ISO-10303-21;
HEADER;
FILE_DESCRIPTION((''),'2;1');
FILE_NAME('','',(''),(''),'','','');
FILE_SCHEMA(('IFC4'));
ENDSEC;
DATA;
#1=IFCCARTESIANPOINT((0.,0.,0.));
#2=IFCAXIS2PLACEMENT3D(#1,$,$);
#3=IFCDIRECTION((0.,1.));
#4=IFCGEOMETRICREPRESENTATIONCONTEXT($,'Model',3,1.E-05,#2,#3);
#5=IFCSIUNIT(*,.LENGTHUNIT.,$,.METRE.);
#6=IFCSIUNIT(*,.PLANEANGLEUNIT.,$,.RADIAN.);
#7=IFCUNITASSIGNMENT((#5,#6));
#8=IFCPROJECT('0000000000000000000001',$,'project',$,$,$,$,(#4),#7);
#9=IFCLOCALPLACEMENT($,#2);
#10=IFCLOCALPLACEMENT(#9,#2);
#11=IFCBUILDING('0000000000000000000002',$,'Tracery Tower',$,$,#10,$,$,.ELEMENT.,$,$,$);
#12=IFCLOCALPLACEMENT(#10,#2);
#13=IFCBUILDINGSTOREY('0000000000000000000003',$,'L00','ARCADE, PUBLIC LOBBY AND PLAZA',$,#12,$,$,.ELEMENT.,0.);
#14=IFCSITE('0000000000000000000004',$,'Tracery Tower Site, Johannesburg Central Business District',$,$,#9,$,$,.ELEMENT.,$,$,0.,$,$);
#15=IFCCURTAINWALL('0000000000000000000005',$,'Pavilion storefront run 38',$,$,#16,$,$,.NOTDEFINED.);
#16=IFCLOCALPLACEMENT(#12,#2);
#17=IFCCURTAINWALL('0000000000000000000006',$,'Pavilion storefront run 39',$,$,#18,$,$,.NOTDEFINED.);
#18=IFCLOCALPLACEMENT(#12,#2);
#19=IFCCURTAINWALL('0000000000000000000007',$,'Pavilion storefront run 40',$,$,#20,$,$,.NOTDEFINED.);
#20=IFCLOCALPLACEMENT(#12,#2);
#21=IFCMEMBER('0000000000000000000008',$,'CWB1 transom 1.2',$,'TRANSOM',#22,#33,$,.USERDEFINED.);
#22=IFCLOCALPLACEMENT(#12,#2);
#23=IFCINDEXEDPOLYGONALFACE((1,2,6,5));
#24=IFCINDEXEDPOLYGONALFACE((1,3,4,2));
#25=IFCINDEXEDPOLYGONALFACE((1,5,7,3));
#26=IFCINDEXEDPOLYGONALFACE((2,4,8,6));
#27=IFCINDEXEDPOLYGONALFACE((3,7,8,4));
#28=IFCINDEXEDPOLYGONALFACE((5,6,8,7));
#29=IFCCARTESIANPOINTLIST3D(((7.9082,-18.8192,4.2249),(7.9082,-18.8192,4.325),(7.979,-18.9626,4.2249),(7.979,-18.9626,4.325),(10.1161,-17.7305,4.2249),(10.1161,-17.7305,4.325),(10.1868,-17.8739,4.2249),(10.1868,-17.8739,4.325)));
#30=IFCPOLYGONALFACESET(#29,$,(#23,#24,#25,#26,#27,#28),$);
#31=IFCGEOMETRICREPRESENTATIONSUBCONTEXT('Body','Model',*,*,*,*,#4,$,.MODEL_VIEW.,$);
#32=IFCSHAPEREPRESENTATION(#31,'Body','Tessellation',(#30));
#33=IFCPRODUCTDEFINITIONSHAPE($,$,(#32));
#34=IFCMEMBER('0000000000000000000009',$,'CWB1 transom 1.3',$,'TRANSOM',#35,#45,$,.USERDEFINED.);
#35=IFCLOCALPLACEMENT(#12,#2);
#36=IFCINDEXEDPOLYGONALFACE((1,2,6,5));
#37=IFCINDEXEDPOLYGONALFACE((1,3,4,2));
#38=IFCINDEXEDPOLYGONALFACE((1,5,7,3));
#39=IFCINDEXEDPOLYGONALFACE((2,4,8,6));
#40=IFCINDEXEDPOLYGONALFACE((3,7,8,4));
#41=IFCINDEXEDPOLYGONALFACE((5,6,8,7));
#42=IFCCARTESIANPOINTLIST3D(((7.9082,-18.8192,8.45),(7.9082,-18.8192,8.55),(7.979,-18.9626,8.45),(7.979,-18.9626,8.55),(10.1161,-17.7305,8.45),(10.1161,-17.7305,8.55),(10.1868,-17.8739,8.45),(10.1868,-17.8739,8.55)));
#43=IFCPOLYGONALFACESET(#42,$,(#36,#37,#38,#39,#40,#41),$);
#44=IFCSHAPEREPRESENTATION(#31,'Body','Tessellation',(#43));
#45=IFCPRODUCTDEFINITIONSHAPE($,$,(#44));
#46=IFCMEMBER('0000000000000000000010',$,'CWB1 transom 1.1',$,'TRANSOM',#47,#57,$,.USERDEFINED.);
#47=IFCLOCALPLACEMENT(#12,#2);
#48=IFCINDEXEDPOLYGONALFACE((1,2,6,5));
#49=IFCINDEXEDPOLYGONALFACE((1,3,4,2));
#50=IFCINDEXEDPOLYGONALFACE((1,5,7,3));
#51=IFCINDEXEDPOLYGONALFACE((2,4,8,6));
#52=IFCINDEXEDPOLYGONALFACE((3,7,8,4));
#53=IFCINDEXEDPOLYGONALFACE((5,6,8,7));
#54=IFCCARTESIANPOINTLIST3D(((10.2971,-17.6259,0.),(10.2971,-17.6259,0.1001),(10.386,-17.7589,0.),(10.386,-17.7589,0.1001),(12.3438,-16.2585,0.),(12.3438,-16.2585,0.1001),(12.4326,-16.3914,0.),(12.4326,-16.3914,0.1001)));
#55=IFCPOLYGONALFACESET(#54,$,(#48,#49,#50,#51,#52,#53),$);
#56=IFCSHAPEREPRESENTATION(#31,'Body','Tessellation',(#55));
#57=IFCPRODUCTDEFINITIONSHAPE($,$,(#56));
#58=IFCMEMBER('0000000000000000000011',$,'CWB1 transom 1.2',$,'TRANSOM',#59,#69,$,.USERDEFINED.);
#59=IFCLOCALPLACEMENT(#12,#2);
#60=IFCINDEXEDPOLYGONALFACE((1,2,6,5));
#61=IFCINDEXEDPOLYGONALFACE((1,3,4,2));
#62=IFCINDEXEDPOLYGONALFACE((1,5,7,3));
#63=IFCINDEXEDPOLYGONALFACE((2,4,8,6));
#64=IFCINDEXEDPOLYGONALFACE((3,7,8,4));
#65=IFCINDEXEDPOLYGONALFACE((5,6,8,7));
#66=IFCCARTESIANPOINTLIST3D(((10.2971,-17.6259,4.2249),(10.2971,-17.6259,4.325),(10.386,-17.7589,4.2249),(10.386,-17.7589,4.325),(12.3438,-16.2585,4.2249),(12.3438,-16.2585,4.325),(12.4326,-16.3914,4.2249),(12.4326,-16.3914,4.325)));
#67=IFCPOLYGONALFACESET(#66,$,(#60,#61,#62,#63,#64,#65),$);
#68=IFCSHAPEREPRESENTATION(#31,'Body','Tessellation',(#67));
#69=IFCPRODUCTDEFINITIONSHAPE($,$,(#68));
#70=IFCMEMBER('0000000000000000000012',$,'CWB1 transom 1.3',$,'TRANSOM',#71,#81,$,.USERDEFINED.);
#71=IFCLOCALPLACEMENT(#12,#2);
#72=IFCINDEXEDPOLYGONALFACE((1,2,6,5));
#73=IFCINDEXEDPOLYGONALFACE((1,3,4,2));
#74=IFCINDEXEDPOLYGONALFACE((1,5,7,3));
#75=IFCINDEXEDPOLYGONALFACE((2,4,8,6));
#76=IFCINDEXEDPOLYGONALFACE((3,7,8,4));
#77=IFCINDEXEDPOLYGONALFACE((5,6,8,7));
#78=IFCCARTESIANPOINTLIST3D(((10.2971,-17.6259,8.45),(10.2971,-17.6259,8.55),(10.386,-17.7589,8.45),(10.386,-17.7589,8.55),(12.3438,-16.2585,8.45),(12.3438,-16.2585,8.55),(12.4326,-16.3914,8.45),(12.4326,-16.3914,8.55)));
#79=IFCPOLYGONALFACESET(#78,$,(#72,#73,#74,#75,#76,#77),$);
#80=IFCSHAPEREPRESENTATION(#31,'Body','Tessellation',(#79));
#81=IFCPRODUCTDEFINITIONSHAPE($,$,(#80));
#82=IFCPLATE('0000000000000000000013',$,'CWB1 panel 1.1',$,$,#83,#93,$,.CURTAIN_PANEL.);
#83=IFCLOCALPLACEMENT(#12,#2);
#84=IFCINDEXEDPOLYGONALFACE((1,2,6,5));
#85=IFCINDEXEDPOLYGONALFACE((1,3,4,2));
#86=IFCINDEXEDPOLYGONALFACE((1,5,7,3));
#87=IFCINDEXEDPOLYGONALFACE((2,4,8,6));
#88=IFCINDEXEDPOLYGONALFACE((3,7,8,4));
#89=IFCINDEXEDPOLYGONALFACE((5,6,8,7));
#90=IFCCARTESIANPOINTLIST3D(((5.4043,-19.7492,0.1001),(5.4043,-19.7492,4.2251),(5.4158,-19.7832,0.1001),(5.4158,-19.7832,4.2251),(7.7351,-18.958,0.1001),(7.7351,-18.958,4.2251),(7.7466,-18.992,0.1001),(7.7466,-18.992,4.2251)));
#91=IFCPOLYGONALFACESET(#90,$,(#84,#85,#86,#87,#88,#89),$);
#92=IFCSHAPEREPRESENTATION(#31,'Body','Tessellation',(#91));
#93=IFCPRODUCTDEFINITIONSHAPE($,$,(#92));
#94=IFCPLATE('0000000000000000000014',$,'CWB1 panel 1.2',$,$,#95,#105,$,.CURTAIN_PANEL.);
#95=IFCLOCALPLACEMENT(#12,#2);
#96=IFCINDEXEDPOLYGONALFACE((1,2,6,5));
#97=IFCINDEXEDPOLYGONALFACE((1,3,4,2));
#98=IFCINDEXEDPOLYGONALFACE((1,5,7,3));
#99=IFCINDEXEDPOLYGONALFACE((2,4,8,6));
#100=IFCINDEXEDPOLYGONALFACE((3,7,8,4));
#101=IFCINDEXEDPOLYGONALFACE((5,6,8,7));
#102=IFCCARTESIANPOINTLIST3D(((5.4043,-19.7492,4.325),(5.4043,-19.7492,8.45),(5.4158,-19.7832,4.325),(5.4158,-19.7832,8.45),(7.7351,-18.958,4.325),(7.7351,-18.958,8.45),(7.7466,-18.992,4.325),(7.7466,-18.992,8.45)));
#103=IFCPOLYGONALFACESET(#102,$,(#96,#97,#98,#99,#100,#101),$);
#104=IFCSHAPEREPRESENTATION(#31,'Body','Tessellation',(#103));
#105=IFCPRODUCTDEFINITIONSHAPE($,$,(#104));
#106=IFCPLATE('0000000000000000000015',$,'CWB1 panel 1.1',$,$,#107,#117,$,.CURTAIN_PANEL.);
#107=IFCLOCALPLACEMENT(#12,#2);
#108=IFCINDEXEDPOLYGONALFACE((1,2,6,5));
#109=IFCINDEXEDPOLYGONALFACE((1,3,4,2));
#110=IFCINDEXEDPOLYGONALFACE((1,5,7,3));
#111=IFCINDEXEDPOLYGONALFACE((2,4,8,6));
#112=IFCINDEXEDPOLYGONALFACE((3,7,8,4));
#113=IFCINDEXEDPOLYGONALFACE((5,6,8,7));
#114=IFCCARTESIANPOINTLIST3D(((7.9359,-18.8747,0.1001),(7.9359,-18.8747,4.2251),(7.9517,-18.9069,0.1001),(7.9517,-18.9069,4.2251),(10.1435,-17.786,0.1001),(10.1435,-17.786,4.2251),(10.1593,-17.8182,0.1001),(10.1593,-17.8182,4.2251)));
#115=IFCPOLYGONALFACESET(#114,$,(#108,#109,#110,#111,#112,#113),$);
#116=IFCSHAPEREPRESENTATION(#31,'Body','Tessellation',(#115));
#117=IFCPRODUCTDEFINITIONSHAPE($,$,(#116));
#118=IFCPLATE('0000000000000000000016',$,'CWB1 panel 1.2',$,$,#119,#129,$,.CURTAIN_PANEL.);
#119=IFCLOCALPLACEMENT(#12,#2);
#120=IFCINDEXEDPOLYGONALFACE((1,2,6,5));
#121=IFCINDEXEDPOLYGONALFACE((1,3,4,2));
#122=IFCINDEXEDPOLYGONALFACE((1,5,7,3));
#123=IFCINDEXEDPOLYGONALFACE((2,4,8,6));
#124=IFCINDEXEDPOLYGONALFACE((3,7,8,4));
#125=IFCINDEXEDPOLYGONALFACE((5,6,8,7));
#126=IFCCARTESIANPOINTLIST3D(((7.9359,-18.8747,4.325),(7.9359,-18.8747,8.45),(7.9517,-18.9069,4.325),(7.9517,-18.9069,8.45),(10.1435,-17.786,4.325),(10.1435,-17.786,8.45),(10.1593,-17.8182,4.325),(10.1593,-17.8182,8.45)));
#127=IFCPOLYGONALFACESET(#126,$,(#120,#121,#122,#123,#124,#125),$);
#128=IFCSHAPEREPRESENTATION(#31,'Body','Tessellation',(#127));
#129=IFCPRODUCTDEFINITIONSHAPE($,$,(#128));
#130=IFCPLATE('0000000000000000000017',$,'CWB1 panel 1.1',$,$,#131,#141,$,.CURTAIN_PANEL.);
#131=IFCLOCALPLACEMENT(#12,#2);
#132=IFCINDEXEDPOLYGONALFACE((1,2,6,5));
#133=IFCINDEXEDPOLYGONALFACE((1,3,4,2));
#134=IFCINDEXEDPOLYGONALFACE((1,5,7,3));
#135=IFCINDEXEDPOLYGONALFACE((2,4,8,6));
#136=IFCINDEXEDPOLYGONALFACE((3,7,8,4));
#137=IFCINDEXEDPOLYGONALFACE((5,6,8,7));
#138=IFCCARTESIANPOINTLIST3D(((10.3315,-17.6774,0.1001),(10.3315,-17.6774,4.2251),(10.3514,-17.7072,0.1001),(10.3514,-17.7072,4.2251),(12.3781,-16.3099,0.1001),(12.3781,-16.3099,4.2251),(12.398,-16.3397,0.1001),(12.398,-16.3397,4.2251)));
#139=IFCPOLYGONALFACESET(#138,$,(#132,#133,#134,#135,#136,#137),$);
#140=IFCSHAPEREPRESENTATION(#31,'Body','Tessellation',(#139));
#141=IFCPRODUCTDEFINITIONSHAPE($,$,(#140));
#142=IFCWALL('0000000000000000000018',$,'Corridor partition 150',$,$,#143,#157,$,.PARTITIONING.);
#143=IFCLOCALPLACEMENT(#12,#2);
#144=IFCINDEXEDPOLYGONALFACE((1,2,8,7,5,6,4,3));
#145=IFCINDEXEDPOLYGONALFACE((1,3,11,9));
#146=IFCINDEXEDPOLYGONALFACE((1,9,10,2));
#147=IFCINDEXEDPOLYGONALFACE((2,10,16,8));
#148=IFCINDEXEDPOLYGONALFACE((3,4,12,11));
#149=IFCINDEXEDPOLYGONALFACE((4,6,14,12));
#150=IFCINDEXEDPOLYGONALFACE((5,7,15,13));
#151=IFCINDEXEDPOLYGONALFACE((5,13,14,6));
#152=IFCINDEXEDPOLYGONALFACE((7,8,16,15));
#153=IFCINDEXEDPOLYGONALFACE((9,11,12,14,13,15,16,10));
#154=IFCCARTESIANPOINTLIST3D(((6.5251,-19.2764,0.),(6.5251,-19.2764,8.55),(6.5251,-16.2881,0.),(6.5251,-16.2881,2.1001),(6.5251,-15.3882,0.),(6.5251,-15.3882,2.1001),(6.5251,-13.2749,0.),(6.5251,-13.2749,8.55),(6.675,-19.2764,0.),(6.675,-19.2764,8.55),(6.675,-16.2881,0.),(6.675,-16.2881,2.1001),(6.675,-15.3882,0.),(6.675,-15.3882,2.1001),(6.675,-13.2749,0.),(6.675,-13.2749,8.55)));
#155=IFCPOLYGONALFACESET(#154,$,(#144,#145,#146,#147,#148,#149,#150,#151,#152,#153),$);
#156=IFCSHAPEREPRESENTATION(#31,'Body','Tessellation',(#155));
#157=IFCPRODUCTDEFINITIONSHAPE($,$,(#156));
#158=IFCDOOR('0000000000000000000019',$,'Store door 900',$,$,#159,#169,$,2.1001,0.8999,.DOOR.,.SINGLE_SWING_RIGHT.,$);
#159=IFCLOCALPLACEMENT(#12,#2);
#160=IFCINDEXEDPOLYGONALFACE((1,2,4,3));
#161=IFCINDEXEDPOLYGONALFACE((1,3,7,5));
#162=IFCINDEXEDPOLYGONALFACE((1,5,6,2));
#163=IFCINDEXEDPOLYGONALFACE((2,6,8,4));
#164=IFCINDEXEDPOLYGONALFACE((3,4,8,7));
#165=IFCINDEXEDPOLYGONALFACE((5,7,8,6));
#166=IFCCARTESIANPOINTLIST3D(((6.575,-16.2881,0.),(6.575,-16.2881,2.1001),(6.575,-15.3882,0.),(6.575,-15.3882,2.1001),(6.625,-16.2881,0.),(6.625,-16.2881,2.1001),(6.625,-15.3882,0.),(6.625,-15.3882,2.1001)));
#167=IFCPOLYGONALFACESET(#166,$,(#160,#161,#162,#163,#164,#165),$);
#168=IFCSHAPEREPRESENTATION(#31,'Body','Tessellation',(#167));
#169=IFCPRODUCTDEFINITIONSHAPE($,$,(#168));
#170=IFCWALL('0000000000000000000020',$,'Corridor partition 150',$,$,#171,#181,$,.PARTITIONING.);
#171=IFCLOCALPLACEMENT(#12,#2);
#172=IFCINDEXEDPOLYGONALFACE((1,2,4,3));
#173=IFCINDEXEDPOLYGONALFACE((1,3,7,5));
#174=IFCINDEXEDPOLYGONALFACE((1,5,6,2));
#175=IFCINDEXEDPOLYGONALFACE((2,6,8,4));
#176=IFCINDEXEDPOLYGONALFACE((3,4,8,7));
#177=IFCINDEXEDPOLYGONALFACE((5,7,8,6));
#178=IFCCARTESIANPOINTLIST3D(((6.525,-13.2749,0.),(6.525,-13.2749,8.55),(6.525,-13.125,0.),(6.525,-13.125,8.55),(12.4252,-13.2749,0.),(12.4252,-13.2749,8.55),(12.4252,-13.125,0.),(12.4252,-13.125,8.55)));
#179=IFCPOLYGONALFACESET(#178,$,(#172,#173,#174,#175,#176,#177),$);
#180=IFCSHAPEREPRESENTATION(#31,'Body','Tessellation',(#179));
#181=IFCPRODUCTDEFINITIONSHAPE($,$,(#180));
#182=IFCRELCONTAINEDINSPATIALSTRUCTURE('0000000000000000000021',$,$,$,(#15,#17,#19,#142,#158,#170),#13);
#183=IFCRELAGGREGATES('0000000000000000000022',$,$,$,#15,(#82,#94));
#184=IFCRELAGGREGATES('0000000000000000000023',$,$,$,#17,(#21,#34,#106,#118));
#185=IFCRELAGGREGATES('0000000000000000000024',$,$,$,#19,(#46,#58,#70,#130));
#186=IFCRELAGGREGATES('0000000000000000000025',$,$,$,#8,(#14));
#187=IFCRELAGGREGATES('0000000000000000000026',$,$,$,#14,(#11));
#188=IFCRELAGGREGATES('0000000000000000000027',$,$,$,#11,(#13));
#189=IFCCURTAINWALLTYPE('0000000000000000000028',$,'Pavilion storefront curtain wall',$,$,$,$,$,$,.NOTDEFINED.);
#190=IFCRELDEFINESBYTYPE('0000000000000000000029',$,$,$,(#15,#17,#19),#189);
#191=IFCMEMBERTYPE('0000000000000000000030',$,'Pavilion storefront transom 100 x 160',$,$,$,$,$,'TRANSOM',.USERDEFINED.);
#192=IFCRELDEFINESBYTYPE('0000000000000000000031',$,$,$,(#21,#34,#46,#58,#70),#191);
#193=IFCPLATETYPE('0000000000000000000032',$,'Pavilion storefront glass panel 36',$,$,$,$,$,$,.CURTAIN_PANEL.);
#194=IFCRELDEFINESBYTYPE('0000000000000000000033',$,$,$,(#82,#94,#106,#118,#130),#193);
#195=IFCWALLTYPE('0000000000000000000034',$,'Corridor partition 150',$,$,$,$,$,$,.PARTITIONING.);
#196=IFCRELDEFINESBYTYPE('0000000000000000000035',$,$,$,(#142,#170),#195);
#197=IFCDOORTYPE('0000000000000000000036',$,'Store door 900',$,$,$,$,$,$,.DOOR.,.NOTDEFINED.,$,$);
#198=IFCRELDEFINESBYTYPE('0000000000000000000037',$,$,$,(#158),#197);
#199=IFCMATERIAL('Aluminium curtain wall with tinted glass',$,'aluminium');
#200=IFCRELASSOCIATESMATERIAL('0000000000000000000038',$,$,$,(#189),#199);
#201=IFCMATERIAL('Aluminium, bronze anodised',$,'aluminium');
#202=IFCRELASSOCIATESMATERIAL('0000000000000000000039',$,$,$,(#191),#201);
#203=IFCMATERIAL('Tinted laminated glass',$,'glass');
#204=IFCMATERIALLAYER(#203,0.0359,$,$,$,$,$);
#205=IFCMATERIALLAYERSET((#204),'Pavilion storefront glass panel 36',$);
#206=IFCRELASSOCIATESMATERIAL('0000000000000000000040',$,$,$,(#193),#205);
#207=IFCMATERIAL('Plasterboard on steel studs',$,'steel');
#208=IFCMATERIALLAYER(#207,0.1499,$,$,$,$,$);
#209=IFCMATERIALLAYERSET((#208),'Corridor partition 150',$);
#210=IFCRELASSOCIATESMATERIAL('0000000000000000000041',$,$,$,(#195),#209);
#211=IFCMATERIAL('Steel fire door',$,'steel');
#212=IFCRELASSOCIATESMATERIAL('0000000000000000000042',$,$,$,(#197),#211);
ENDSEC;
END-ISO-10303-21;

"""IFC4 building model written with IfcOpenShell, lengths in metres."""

from ifc_helpers import new_model, si_unit, direction, frame, frame_2d, origin, origin_2d, place, context, subcontext, project, spatial, rectangle, extrude, material, layer, layer_set, material_profile, profile_set, type_object, element, fill, aggregate, save


model = new_model("IFC4")

# Units and contexts
model_context = context("Model", 3, precision=1e-05, world=origin(), true_north=direction((0.0, 1.0)))
body_context = subcontext(model_context, "Body", "Model", "MODEL_VIEW")
ifc_project = project(units=[si_unit("LENGTHUNIT", "METRE"), si_unit("PLANEANGLEUNIT", "RADIAN")], contexts=[model_context])

# Site, building, storey
site_placement = place(None, origin())
site = spatial("IfcSite", under=ifc_project, at=site_placement, Name="Tracery Tower Site, Johannesburg Central Business District", CompositionType="ELEMENT", RefElevation=0.0)
building_placement = place(site_placement, origin())
building = spatial("IfcBuilding", under=site, at=building_placement, Name="Tracery Tower", CompositionType="ELEMENT")
storey_placement = place(building_placement, origin())
storey = spatial("IfcBuildingStorey", under=building, at=storey_placement, Name="L00", Description="ARCADE, PUBLIC LOBBY AND PLAZA", CompositionType="ELEMENT", Elevation=0.0)

# Curtain wall
ifc_material_1 = material(Name="Aluminium curtain wall with tinted glass", Category="aluminium")
curtain_wall_type = type_object("IfcCurtainWallType", Name="Pavilion storefront curtain wall", PredefinedType="NOTDEFINED", material=ifc_material_1)
curtain_wall_1_placement = place(storey_placement, origin())
curtain_wall_1 = element("IfcCurtainWall", 1, at=curtain_wall_1_placement, inside=storey, type_object=curtain_wall_type, Name="Pavilion storefront run 38", PredefinedType="NOTDEFINED")

# Curtain wall
curtain_wall_2_placement = place(storey_placement, origin())
curtain_wall_2 = element("IfcCurtainWall", 2, at=curtain_wall_2_placement, inside=storey, type_object=curtain_wall_type, Name="Pavilion storefront run 39", PredefinedType="NOTDEFINED")

# Curtain wall
curtain_wall_3_placement = place(storey_placement, origin())
curtain_wall_3 = element("IfcCurtainWall", 3, at=curtain_wall_3_placement, inside=storey, type_object=curtain_wall_type, Name="Pavilion storefront run 40", PredefinedType="NOTDEFINED")

# Members
ifc_material_2 = material(Name="Aluminium, bronze anodised", Category="aluminium")
ifc_material_profile_1 = material_profile(ifc_material_2, rectangle(XDim=0.1599, YDim=0.1001, at=origin_2d()), Name="Pavilion storefront transom 100 x 160")
ifc_profile_set_1 = profile_set([ifc_material_profile_1], Name="Aluminium, bronze anodised")
member_type_1 = type_object("IfcMemberType", Name="Pavilion storefront transom 100 x 160", ElementType="TRANSOM", PredefinedType="USERDEFINED", material=ifc_profile_set_1)
member_1_placement = place(storey_placement, frame((7.9436, -18.8909, 4.2749), z_axis=(0.896893, 0.442248, 0.0), x_axis=(-0.442248, 0.896893, 0.0)))
member_1 = element("IfcMember", 4, at=member_1_placement, type_object=member_type_1, Name="CWB1 transom 1.2", ObjectType="TRANSOM", PredefinedType="USERDEFINED", context=body_context, shape_type="SweptSolid", body=[
    extrude(rectangle(XDim=0.1599, YDim=0.1001, at=origin_2d()), origin(), (0.0, 0.0, 1.0), 2.4617),
])
member_2_placement = place(storey_placement, frame((7.9436, -18.8909, 8.5), z_axis=(0.896893, 0.442248, 0.0), x_axis=(-0.442248, 0.896893, 0.0)))
member_2 = element("IfcMember", 5, at=member_2_placement, type_object=member_type_1, Name="CWB1 transom 1.3", ObjectType="TRANSOM", PredefinedType="USERDEFINED", context=body_context, shape_type="SweptSolid", body=[
    extrude(rectangle(XDim=0.1599, YDim=0.1001, at=origin_2d()), origin(), (0.0, 0.0, 1.0), 2.4617),
])
member_3_placement = place(storey_placement, frame((10.3416, -17.6924, 0.05), z_axis=(0.831485, 0.555547, 0.0), x_axis=(-0.555547, 0.831485, 0.0)))
member_3 = element("IfcMember", 6, at=member_3_placement, type_object=member_type_1, Name="CWB1 transom 1.1", ObjectType="TRANSOM", PredefinedType="USERDEFINED", context=body_context, shape_type="SweptSolid", body=[
    extrude(rectangle(XDim=0.1599, YDim=0.1001, at=origin_2d()), origin(), (0.0, 0.0, 1.0), 2.4614),
])
member_4_placement = place(storey_placement, frame((10.3416, -17.6924, 4.2749), z_axis=(0.831485, 0.555547, 0.0), x_axis=(-0.555547, 0.831485, 0.0)))
member_4 = element("IfcMember", 7, at=member_4_placement, type_object=member_type_1, Name="CWB1 transom 1.2", ObjectType="TRANSOM", PredefinedType="USERDEFINED", context=body_context, shape_type="SweptSolid", body=[
    extrude(rectangle(XDim=0.1599, YDim=0.1001, at=origin_2d()), origin(), (0.0, 0.0, 1.0), 2.4614),
])
member_5_placement = place(storey_placement, frame((10.3416, -17.6924, 8.5), z_axis=(0.831485, 0.555547, 0.0), x_axis=(-0.555547, 0.831485, 0.0)))
member_5 = element("IfcMember", 8, at=member_5_placement, type_object=member_type_1, Name="CWB1 transom 1.3", ObjectType="TRANSOM", PredefinedType="USERDEFINED", context=body_context, shape_type="SweptSolid", body=[
    extrude(rectangle(XDim=0.1599, YDim=0.1001, at=origin_2d()), origin(), (0.0, 0.0, 1.0), 2.4614),
])

# Plates
ifc_material_3 = material(Name="Tinted laminated glass", Category="glass")
ifc_layer_1 = layer(ifc_material_3, 0.0359)
ifc_layer_set_1 = layer_set([ifc_layer_1], Name="Pavilion storefront glass panel 36")
plate_type = type_object("IfcPlateType", Name="Pavilion storefront glass panel 36", PredefinedType="CURTAIN_PANEL", material=ifc_layer_set_1)
plate_1_placement = place(storey_placement, frame((6.5754, -19.3706, 0.1001), z_axis=(0.0, 0.0, 1.0), x_axis=(0.946931, 0.321435, 0.0)))
plate_1 = element("IfcPlate", 9, at=plate_1_placement, type_object=plate_type, Name="CWB1 panel 1.1", PredefinedType="CURTAIN_PANEL", context=body_context, shape_type="SweptSolid", body=[
    extrude(rectangle(XDim=2.4614, YDim=0.0359, at=origin_2d()), origin(), (0.0, 0.0, 1.0), 4.125),
])
plate_2_placement = place(storey_placement, frame((6.5754, -19.3706, 4.325), z_axis=(0.0, 0.0, 1.0), x_axis=(0.946931, 0.321435, 0.0)))
plate_2 = element("IfcPlate", 10, at=plate_2_placement, type_object=plate_type, Name="CWB1 panel 1.2", PredefinedType="CURTAIN_PANEL", context=body_context, shape_type="SweptSolid", body=[
    extrude(rectangle(XDim=2.4614, YDim=0.0359, at=origin_2d()), origin(), (0.0, 0.0, 1.0), 4.125),
])
aggregate(curtain_wall_1, [plate_1, plate_2])
plate_3_placement = place(storey_placement, frame((9.0476, -18.3464, 0.1001), z_axis=(0.0, 0.0, 1.0), x_axis=(0.896874, 0.442287, 0.0)))
plate_3 = element("IfcPlate", 11, at=plate_3_placement, type_object=plate_type, Name="CWB1 panel 1.1", PredefinedType="CURTAIN_PANEL", context=body_context, shape_type="SweptSolid", body=[
    extrude(rectangle(XDim=2.4614, YDim=0.0359, at=origin_2d()), origin(), (0.0, 0.0, 1.0), 4.125),
])
plate_4_placement = place(storey_placement, frame((9.0476, -18.3464, 4.325), z_axis=(0.0, 0.0, 1.0), x_axis=(0.896874, 0.442287, 0.0)))
plate_4 = element("IfcPlate", 12, at=plate_4_placement, type_object=plate_type, Name="CWB1 panel 1.2", PredefinedType="CURTAIN_PANEL", context=body_context, shape_type="SweptSolid", body=[
    extrude(rectangle(XDim=2.4614, YDim=0.0359, at=origin_2d()), origin(), (0.0, 0.0, 1.0), 4.125),
])
aggregate(curtain_wall_2, [member_1, member_2, plate_3, plate_4])
plate_5_placement = place(storey_placement, frame((11.3647, -17.0085, 0.1001), z_axis=(0.0, 0.0, 1.0), x_axis=(0.831476, 0.55556, 0.0)))
plate_5 = element("IfcPlate", 13, at=plate_5_placement, type_object=plate_type, Name="CWB1 panel 1.1", PredefinedType="CURTAIN_PANEL", context=body_context, shape_type="SweptSolid", body=[
    extrude(rectangle(XDim=2.4614, YDim=0.0359, at=origin_2d()), origin(), (0.0, 0.0, 1.0), 4.125),
])
aggregate(curtain_wall_3, [member_3, member_4, member_5, plate_5])

# Wall, opening, door
ifc_material_4 = material(Name="Plasterboard on steel studs", Category="steel")
ifc_layer_2 = layer(ifc_material_4, 0.1499)
ifc_layer_set_2 = layer_set([ifc_layer_2], Name="Corridor partition 150")
wall_type = type_object("IfcWallType", Name="Corridor partition 150", PredefinedType="PARTITIONING", material=ifc_layer_set_2)
wall_1_placement = place(storey_placement, frame((6.6001, -13.2749, 0.0), z_axis=(0.0, 0.0, 1.0), x_axis=(0.0, -1.0, 0.0)))
wall_1 = element("IfcWall", 14, at=wall_1_placement, inside=storey, type_object=wall_type, Name="Corridor partition 150", PredefinedType="PARTITIONING", context=body_context, shape_type="SweptSolid", body=[
    extrude(rectangle(XDim=6.0015, YDim=0.1499, at=frame_2d((3.0007, 0.0))), origin(), (0.0, 0.0, 1.0), 8.55),
])
opening_placement = place(wall_1_placement, frame((2.1133, 0.0, 0.0)))
opening = element("IfcOpeningElement", 15, at=opening_placement, cuts=wall_1, PredefinedType="OPENING", context=body_context, shape_type="SweptSolid", body=[
    extrude(rectangle(XDim=0.8999, YDim=2.1001, at=frame_2d((0.45, 1.05))), frame((0.0, 0.075, 0.0), z_axis=(0.0, -1.0, 0.0), x_axis=(1.0, 0.0, 0.0)), (0.0, 0.0, 1.0), 0.1499),
])
ifc_material_5 = material(Name="Steel fire door", Category="steel")
door_type = type_object("IfcDoorType", Name="Store door 900", OperationType="NOTDEFINED", PredefinedType="DOOR", material=ifc_material_5)
door_placement = place(opening_placement, origin())
door = element("IfcDoor", 16, at=door_placement, inside=storey, type_object=door_type, Name="Store door 900", OperationType="SINGLE_SWING_RIGHT", OverallHeight=2.1001, OverallWidth=0.8999, PredefinedType="DOOR", context=body_context, shape_type="SweptSolid", body=[
    extrude(rectangle(XDim=0.8999, YDim=2.1001, at=frame_2d((0.45, 1.05))), frame((0.0, 0.0249, 0.0), z_axis=(0.0, -1.0, 0.0), x_axis=(1.0, 0.0, 0.0)), (0.0, 0.0, 1.0), 0.05),
])
fill(opening, door)

# Wall
wall_2_placement = place(storey_placement, frame((6.5249, -13.2, 0.0), z_axis=(0.0, 0.0, 1.0), x_axis=(1.0, 0.0, 0.0)))
element("IfcWall", 17, at=wall_2_placement, inside=storey, type_object=wall_type, Name="Corridor partition 150", PredefinedType="PARTITIONING", context=body_context, shape_type="SweptSolid", body=[
    extrude(rectangle(XDim=5.9001, YDim=0.1499, at=frame_2d((2.9502, 0.0))), origin(), (0.0, 0.0, 1.0), 8.55),
])

save(model, "model.ifc")
